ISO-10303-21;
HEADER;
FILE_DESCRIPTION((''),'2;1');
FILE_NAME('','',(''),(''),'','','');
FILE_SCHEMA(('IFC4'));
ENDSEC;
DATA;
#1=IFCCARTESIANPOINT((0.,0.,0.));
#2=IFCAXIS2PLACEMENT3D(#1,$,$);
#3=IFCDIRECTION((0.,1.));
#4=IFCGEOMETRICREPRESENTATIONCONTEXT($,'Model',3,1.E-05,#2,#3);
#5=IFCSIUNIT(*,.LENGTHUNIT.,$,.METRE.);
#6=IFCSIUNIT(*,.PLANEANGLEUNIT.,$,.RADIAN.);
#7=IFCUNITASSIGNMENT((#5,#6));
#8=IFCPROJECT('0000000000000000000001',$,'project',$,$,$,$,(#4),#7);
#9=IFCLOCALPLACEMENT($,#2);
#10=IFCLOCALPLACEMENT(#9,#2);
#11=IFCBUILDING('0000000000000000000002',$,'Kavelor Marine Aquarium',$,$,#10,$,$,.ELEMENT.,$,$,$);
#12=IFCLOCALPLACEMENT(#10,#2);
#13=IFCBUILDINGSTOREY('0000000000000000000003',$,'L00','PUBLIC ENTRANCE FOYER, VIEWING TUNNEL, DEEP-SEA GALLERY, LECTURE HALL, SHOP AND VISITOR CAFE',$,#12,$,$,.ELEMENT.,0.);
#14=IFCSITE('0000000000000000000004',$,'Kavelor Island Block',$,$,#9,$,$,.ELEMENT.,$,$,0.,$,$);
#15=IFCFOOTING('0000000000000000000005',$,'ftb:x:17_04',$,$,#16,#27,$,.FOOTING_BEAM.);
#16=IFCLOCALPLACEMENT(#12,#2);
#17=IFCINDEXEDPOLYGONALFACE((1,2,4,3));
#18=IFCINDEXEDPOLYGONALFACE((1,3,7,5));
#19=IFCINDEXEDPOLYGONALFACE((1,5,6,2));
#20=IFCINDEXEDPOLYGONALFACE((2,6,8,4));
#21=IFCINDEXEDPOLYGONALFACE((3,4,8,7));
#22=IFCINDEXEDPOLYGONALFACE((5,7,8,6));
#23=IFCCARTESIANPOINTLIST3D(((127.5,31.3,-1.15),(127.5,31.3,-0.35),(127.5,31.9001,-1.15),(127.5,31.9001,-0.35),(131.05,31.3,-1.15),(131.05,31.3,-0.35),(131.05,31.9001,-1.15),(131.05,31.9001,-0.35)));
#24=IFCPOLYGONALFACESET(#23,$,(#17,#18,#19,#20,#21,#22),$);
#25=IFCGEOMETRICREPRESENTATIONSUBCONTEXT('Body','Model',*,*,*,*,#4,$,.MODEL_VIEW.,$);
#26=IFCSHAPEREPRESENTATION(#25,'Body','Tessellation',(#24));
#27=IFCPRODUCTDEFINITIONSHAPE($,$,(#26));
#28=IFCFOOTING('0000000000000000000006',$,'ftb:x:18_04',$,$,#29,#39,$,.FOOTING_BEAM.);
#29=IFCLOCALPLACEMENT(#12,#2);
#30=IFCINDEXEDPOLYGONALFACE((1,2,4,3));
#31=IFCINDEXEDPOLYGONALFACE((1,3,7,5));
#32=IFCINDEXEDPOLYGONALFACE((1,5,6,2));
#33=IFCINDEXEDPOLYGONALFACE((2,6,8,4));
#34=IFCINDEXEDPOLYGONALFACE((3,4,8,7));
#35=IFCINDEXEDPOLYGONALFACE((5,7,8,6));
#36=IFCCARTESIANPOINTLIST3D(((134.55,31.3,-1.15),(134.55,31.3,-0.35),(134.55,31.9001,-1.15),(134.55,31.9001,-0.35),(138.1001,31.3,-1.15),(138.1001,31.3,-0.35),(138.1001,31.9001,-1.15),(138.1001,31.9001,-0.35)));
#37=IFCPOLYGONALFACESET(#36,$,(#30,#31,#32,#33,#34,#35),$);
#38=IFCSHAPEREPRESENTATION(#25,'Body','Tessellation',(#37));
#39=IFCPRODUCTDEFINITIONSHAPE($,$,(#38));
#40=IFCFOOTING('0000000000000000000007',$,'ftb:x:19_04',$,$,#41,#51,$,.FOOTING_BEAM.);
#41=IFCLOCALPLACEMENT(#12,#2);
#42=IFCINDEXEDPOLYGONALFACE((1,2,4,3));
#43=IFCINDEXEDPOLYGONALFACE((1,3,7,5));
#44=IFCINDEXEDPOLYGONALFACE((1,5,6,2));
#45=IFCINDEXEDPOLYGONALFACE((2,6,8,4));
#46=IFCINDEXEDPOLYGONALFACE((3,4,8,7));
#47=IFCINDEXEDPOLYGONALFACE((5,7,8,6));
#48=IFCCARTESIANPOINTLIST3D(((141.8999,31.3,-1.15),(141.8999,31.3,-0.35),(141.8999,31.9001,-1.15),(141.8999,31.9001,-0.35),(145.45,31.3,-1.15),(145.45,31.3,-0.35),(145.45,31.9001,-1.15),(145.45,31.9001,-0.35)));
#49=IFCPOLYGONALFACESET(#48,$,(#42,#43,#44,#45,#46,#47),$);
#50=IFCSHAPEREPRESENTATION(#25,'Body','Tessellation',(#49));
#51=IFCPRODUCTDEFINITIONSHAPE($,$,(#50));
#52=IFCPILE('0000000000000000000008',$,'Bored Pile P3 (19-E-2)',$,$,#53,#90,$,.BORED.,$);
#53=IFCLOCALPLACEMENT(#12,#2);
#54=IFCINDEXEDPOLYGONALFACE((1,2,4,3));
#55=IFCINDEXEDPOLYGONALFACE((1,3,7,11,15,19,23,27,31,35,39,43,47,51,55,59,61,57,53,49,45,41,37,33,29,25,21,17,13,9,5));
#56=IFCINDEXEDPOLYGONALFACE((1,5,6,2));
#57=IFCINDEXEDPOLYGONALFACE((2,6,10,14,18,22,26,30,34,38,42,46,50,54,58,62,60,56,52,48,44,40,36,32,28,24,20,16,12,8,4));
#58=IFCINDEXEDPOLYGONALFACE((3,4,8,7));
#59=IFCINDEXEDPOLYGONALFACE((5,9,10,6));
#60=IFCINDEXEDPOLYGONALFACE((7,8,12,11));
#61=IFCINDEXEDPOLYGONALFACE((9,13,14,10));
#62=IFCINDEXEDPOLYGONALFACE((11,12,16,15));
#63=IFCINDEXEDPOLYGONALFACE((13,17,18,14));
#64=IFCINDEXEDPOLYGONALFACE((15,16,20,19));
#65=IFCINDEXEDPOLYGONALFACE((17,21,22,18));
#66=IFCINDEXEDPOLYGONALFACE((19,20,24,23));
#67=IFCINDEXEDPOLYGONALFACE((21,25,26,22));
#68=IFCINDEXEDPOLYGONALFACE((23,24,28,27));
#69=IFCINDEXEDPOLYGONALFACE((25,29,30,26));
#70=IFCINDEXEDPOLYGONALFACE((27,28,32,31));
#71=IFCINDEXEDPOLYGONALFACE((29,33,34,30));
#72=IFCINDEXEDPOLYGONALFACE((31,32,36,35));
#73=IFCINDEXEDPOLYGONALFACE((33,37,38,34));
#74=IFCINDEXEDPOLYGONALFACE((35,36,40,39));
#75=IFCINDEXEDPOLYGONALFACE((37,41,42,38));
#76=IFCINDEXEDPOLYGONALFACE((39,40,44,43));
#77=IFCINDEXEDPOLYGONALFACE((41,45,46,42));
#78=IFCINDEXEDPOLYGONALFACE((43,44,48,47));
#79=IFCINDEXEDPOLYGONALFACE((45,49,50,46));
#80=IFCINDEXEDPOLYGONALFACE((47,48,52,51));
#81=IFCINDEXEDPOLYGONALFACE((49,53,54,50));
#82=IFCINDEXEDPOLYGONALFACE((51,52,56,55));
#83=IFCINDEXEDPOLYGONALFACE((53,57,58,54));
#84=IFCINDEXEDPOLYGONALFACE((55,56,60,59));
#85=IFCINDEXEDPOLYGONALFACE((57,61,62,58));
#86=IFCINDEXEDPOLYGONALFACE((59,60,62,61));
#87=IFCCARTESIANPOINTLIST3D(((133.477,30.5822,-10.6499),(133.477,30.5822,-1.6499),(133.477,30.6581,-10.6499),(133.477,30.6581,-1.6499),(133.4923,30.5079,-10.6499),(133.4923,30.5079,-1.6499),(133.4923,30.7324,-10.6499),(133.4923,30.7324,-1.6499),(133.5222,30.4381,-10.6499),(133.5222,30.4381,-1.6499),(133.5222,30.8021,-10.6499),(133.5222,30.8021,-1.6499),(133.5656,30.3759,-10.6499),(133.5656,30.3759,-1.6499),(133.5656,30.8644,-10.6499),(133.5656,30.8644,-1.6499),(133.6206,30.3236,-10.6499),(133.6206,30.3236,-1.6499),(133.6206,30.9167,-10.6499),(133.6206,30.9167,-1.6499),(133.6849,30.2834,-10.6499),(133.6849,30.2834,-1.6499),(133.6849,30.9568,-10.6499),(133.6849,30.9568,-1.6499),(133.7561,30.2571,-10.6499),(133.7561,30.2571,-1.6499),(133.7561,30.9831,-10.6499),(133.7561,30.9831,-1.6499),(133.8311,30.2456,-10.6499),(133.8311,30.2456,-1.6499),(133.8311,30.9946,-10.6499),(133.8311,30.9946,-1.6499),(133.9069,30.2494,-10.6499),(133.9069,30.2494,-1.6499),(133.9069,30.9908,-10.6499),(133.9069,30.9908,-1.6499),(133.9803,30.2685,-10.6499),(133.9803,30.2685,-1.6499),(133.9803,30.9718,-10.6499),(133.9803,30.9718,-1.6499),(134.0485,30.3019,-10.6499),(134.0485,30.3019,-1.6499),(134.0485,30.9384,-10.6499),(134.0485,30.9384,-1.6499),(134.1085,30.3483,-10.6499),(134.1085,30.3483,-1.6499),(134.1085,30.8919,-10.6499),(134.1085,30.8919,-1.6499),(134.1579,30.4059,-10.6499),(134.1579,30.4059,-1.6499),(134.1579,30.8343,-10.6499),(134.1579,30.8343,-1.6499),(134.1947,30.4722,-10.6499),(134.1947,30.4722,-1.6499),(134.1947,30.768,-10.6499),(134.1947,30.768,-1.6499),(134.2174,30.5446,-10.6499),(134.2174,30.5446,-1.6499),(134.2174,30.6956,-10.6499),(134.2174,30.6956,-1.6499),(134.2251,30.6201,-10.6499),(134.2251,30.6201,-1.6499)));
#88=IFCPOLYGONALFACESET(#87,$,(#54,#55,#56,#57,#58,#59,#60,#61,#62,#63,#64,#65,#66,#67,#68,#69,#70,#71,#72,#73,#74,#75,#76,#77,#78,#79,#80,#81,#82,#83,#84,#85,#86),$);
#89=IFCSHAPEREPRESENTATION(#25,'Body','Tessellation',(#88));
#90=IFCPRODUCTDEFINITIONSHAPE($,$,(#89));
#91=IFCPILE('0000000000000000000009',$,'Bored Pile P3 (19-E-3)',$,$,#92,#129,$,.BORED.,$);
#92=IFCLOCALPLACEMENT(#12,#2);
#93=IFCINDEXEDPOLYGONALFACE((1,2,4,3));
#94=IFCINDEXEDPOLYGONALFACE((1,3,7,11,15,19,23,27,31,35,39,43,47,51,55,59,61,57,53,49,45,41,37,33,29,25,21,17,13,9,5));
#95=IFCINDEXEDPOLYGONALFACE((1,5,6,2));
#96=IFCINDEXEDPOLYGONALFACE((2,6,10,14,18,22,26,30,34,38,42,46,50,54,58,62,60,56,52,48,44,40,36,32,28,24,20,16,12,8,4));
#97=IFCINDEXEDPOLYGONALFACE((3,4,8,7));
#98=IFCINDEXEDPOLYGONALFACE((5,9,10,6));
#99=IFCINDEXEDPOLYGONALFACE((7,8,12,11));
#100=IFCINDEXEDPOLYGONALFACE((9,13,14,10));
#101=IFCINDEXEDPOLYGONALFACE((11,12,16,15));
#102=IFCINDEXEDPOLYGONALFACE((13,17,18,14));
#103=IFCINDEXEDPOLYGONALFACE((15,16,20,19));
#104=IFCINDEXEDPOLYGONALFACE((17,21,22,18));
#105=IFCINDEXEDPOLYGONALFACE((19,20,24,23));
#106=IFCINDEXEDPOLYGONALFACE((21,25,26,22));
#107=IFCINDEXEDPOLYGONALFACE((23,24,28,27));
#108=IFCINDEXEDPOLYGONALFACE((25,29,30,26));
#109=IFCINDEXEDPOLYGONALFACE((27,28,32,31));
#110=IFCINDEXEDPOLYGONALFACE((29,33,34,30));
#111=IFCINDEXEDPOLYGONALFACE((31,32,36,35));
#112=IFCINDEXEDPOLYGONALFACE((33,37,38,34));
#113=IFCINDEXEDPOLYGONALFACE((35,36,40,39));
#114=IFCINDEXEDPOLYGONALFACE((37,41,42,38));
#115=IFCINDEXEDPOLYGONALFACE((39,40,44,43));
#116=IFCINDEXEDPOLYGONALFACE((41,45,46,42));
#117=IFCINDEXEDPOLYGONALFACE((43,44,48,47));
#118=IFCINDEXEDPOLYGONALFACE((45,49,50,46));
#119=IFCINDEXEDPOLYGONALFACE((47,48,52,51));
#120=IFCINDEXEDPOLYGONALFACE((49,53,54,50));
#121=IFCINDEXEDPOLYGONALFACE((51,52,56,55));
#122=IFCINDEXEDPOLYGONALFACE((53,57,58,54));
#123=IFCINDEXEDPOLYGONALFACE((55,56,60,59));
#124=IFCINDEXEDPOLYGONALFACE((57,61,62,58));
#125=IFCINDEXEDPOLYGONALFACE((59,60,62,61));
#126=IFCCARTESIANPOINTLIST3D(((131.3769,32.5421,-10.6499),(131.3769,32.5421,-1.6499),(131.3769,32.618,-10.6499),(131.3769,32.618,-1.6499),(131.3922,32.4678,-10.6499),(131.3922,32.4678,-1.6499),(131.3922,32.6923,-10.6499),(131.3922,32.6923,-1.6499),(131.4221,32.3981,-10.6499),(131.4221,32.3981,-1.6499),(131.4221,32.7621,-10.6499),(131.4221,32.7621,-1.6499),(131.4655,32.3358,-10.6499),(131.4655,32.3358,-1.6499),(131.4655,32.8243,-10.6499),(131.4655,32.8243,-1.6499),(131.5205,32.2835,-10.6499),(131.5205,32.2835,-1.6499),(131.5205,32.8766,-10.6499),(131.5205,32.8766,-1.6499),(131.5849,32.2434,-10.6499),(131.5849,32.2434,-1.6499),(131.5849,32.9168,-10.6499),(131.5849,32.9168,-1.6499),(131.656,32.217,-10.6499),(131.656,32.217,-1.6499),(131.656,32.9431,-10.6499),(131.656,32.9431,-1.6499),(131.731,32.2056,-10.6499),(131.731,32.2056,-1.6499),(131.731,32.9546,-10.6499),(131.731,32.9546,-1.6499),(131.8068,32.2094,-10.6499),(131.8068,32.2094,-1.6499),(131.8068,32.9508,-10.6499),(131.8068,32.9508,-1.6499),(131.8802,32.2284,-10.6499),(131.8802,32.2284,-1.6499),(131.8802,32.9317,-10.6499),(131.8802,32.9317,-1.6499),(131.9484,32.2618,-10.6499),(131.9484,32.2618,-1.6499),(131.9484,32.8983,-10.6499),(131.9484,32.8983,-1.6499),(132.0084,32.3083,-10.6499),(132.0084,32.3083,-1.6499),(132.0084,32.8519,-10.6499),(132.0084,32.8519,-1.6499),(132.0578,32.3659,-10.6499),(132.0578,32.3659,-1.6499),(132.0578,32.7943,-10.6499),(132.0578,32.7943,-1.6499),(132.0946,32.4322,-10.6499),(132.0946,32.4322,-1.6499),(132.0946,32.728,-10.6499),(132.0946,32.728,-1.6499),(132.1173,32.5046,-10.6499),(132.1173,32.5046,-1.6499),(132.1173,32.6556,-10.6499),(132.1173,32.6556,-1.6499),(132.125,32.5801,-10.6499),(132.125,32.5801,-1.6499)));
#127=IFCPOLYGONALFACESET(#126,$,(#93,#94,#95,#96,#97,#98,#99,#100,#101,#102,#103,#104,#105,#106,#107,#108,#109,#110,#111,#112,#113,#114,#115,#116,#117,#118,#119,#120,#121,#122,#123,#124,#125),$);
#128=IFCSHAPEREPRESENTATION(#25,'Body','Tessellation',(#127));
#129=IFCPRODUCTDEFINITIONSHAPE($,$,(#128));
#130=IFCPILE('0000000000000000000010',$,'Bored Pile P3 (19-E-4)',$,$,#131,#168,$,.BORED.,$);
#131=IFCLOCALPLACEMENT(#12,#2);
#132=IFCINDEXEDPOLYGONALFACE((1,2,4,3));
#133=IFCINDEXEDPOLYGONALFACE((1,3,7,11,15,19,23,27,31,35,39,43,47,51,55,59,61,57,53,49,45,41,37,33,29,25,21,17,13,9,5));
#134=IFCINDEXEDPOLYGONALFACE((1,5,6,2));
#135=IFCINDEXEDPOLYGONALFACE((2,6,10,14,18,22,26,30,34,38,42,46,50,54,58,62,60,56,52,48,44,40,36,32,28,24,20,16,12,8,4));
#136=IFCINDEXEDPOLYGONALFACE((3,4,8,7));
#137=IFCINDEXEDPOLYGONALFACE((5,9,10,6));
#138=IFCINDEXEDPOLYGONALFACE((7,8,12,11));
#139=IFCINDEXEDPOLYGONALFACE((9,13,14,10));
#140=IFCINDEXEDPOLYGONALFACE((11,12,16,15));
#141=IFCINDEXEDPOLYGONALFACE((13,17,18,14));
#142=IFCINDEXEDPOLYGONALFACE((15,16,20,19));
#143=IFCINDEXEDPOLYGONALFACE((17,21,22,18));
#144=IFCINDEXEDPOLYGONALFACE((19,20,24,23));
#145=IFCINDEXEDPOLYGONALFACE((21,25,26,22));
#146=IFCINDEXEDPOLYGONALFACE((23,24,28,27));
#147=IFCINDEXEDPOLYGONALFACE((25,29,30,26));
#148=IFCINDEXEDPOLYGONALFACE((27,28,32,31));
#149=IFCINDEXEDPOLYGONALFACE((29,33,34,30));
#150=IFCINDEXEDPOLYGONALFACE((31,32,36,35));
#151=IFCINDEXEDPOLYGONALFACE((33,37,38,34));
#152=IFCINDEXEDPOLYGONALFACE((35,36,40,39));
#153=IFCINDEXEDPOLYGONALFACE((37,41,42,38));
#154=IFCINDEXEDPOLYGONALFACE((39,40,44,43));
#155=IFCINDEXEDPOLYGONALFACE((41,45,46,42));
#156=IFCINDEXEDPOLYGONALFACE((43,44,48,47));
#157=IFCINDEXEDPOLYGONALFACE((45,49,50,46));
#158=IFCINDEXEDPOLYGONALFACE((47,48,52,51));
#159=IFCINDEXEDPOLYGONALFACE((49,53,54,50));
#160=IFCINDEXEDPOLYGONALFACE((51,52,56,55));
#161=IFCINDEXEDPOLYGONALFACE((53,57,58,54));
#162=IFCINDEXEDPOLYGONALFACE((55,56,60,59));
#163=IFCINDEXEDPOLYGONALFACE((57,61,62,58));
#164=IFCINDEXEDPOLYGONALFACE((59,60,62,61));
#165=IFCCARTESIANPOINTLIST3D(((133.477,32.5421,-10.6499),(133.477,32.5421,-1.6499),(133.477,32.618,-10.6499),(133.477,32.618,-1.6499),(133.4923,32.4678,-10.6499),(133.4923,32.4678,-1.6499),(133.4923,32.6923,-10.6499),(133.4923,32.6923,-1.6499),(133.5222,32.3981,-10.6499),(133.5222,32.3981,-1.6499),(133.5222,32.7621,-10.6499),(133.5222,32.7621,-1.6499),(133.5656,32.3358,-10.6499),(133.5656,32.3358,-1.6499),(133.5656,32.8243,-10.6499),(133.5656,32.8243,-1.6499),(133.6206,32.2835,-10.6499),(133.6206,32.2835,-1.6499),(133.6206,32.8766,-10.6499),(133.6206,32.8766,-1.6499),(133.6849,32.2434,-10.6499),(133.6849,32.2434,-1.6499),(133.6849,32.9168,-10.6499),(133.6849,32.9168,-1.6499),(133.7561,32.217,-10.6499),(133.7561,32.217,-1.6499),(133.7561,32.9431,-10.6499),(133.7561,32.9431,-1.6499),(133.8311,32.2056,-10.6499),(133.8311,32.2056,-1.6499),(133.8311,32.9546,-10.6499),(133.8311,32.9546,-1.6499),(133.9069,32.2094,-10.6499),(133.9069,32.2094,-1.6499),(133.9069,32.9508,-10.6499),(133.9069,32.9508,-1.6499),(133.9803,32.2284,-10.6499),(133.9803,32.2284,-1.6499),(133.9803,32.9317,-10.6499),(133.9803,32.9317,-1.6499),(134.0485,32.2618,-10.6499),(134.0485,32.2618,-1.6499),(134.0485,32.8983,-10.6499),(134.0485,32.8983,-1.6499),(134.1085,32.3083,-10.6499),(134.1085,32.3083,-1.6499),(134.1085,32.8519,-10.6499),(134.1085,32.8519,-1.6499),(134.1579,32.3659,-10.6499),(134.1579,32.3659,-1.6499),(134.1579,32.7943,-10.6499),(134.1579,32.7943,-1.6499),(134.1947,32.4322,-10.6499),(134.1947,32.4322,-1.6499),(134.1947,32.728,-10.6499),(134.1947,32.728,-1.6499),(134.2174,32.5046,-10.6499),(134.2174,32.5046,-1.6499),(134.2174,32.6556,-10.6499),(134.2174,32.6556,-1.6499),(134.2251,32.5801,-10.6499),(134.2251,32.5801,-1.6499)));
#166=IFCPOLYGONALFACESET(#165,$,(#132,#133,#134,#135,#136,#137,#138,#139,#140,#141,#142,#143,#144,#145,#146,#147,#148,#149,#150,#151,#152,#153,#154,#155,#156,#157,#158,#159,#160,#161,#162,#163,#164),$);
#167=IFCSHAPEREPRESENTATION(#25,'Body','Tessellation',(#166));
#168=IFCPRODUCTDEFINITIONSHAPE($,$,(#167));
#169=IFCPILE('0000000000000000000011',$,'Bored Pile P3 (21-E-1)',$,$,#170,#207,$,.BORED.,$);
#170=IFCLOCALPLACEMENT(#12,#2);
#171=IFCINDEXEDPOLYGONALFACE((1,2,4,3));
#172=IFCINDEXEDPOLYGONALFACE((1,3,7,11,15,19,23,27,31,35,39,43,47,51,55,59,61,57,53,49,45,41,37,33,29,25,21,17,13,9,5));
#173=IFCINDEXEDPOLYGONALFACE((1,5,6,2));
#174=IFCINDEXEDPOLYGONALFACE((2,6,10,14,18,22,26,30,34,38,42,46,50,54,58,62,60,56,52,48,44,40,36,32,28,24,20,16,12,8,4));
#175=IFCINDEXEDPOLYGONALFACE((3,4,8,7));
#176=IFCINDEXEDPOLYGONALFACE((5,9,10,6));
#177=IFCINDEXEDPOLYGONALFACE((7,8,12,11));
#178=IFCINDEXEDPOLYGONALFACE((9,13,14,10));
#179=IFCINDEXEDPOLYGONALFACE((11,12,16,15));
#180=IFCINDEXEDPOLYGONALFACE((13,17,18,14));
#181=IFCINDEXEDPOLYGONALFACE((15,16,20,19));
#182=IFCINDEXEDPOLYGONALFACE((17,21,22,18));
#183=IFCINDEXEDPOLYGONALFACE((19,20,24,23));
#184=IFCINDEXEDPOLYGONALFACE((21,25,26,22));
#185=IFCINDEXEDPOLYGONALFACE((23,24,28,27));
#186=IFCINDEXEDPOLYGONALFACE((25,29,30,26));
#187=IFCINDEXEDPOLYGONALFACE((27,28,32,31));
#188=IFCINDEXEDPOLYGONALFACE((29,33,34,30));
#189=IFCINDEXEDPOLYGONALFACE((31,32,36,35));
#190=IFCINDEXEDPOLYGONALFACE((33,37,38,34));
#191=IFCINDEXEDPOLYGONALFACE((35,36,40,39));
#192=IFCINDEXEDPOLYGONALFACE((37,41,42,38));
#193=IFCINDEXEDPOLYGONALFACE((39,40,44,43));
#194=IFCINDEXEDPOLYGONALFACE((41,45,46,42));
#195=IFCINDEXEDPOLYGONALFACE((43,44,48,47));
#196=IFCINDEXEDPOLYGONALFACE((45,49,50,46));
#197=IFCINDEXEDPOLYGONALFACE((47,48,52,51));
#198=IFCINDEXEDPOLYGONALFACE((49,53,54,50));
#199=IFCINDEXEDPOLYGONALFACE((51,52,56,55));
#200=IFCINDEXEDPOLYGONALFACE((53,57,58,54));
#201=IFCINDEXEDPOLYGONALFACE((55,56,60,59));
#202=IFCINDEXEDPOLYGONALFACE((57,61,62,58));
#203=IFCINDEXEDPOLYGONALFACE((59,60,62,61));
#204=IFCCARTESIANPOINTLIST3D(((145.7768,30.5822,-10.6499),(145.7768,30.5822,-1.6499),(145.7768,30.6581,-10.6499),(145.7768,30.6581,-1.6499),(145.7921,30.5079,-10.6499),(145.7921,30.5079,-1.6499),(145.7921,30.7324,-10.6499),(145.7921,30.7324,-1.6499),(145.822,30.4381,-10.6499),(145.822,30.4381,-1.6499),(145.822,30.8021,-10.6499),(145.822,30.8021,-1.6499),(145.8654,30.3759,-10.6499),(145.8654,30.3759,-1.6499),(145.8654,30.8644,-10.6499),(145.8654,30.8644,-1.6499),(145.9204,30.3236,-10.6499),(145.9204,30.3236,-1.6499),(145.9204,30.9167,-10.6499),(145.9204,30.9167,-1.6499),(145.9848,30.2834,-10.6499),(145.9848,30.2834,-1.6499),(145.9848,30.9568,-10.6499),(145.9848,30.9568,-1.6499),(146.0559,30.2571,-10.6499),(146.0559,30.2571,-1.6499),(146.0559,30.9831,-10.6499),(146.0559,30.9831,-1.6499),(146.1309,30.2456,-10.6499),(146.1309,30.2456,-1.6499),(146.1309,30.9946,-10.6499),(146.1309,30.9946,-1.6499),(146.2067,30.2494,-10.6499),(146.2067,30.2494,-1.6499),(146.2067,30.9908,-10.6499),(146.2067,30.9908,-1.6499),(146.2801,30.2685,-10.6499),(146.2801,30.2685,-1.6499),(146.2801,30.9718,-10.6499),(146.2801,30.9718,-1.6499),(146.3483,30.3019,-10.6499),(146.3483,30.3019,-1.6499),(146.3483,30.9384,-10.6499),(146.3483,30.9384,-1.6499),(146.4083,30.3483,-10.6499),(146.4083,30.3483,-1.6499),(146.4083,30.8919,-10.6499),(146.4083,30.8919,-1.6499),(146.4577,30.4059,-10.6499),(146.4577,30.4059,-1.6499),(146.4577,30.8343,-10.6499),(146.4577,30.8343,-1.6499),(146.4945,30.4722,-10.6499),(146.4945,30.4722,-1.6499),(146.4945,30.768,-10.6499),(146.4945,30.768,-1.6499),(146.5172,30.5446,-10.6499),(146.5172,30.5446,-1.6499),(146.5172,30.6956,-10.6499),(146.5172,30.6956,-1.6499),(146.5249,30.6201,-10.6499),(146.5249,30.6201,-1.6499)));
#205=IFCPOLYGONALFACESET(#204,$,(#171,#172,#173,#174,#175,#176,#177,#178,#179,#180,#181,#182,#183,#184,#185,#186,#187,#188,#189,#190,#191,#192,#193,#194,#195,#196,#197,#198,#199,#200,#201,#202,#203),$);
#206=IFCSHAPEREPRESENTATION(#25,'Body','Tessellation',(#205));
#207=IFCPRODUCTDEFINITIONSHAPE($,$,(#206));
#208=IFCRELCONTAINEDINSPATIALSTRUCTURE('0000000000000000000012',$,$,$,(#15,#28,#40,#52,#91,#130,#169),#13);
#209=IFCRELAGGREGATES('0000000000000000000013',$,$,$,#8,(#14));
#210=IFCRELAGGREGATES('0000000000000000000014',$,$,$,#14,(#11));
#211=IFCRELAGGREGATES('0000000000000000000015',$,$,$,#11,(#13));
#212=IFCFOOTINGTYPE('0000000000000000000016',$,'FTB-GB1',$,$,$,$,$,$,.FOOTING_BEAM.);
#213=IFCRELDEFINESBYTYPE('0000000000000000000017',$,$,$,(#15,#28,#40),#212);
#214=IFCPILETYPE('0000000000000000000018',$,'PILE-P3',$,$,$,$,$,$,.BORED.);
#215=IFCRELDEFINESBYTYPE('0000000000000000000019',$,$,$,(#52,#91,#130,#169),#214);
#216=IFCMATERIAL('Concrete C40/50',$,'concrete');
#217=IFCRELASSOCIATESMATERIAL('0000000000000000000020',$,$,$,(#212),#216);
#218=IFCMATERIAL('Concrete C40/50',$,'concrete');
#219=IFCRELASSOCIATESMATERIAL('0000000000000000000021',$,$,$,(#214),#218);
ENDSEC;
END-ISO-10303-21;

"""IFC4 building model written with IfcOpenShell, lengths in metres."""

from ifc_helpers import new_model, si_unit, direction, frame, origin, origin_2d, place, context, subcontext, project, spatial, rectangle, circle, extrude, material, material_profile, profile_set, type_object, element, save


model = new_model("IFC4")

# Units and contexts
model_context = context("Model", 3, precision=1e-05, world=origin(), true_north=direction((0.0, 1.0)))
body_context = subcontext(model_context, "Body", "Model", "MODEL_VIEW")
ifc_project = project(units=[si_unit("LENGTHUNIT", "METRE"), si_unit("PLANEANGLEUNIT", "RADIAN")], contexts=[model_context])

# Site, building, storey
site_placement = place(None, origin())
site = spatial("IfcSite", under=ifc_project, at=site_placement, Name="Kavelor Island Block", CompositionType="ELEMENT", RefElevation=0.0)
building_placement = place(site_placement, origin())
building = spatial("IfcBuilding", under=site, at=building_placement, Name="Kavelor Marine Aquarium", CompositionType="ELEMENT")
storey_placement = place(building_placement, origin())
storey = spatial("IfcBuildingStorey", under=building, at=storey_placement, Name="L00", Description="PUBLIC ENTRANCE FOYER, VIEWING TUNNEL, DEEP-SEA GALLERY, LECTURE HALL, SHOP AND VISITOR CAFE", CompositionType="ELEMENT", Elevation=0.0)

# Footings
ifc_material_1 = material(Name="Concrete C40/50", Category="concrete")
ifc_material_profile_1 = material_profile(ifc_material_1, rectangle(XDim=0.6001, YDim=0.8, at=origin_2d()), Name="GB 600x800")
ifc_profile_set_1 = profile_set([ifc_material_profile_1], Name="Concrete C40/50")
footing_type = type_object("IfcFootingType", Name="FTB-GB1", PredefinedType="FOOTING_BEAM", material=ifc_profile_set_1)
for number, where, z_axis, x_axis, name in (
    (1, (127.5, 31.6001, -0.75), (1.0, 0.0, 0.0), (0.0, 1.0, 0.0), "ftb:x:17_04"),
    (2, (134.55, 31.6001, -0.75), (1.0, 0.0, 0.0), (0.0, 1.0, 0.0), "ftb:x:18_04"),
    (3, (141.8999, 31.6001, -0.75), (1.0, 0.0, 0.0), (0.0, 1.0, 0.0), "ftb:x:19_04"),
):
    element("IfcFooting", number, at=place(storey_placement, frame(where, z_axis=z_axis, x_axis=x_axis)), inside=storey, type_object=footing_type, Name=name, PredefinedType="FOOTING_BEAM", context=body_context, shape_type="SweptSolid", body=[
        extrude(rectangle(XDim=0.6001, YDim=0.8, at=origin_2d()), origin(), (0.0, 0.0, 1.0), 3.55),
    ])

# Piles
ifc_material_2 = material(Name="Concrete C40/50", Category="concrete")
ifc_material_profile_2 = material_profile(ifc_material_2, circle(Radius=0.375, at=origin_2d()), Name="PILE D750")
ifc_profile_set_2 = profile_set([ifc_material_profile_2], Name="Concrete C40/50")
pile_type = type_object("IfcPileType", Name="PILE-P3", PredefinedType="BORED", material=ifc_profile_set_2)
for number, where, z_axis, x_axis, name in (
    (4, (133.8501, 30.6201, -1.6499), (0.0, 0.0, -1.0), (1.0, 0.0, 0.0), "Bored Pile P3 (19-E-2)"),
    (5, (131.75, 32.5801, -1.6499), (0.0, 0.0, -1.0), (1.0, 0.0, 0.0), "Bored Pile P3 (19-E-3)"),
    (6, (133.8501, 32.5801, -1.6499), (0.0, 0.0, -1.0), (1.0, 0.0, 0.0), "Bored Pile P3 (19-E-4)"),
    (7, (146.1499, 30.6201, -1.6499), (0.0, 0.0, -1.0), (1.0, 0.0, 0.0), "Bored Pile P3 (21-E-1)"),
):
    element("IfcPile", number, at=place(storey_placement, frame(where, z_axis=z_axis, x_axis=x_axis)), inside=storey, type_object=pile_type, Name=name, PredefinedType="BORED", context=body_context, shape_type="SweptSolid", body=[
        extrude(circle(Radius=0.375, at=origin_2d()), origin(), (0.0, 0.0, 1.0), 9.0),
    ])

save(model, "model.ifc")
